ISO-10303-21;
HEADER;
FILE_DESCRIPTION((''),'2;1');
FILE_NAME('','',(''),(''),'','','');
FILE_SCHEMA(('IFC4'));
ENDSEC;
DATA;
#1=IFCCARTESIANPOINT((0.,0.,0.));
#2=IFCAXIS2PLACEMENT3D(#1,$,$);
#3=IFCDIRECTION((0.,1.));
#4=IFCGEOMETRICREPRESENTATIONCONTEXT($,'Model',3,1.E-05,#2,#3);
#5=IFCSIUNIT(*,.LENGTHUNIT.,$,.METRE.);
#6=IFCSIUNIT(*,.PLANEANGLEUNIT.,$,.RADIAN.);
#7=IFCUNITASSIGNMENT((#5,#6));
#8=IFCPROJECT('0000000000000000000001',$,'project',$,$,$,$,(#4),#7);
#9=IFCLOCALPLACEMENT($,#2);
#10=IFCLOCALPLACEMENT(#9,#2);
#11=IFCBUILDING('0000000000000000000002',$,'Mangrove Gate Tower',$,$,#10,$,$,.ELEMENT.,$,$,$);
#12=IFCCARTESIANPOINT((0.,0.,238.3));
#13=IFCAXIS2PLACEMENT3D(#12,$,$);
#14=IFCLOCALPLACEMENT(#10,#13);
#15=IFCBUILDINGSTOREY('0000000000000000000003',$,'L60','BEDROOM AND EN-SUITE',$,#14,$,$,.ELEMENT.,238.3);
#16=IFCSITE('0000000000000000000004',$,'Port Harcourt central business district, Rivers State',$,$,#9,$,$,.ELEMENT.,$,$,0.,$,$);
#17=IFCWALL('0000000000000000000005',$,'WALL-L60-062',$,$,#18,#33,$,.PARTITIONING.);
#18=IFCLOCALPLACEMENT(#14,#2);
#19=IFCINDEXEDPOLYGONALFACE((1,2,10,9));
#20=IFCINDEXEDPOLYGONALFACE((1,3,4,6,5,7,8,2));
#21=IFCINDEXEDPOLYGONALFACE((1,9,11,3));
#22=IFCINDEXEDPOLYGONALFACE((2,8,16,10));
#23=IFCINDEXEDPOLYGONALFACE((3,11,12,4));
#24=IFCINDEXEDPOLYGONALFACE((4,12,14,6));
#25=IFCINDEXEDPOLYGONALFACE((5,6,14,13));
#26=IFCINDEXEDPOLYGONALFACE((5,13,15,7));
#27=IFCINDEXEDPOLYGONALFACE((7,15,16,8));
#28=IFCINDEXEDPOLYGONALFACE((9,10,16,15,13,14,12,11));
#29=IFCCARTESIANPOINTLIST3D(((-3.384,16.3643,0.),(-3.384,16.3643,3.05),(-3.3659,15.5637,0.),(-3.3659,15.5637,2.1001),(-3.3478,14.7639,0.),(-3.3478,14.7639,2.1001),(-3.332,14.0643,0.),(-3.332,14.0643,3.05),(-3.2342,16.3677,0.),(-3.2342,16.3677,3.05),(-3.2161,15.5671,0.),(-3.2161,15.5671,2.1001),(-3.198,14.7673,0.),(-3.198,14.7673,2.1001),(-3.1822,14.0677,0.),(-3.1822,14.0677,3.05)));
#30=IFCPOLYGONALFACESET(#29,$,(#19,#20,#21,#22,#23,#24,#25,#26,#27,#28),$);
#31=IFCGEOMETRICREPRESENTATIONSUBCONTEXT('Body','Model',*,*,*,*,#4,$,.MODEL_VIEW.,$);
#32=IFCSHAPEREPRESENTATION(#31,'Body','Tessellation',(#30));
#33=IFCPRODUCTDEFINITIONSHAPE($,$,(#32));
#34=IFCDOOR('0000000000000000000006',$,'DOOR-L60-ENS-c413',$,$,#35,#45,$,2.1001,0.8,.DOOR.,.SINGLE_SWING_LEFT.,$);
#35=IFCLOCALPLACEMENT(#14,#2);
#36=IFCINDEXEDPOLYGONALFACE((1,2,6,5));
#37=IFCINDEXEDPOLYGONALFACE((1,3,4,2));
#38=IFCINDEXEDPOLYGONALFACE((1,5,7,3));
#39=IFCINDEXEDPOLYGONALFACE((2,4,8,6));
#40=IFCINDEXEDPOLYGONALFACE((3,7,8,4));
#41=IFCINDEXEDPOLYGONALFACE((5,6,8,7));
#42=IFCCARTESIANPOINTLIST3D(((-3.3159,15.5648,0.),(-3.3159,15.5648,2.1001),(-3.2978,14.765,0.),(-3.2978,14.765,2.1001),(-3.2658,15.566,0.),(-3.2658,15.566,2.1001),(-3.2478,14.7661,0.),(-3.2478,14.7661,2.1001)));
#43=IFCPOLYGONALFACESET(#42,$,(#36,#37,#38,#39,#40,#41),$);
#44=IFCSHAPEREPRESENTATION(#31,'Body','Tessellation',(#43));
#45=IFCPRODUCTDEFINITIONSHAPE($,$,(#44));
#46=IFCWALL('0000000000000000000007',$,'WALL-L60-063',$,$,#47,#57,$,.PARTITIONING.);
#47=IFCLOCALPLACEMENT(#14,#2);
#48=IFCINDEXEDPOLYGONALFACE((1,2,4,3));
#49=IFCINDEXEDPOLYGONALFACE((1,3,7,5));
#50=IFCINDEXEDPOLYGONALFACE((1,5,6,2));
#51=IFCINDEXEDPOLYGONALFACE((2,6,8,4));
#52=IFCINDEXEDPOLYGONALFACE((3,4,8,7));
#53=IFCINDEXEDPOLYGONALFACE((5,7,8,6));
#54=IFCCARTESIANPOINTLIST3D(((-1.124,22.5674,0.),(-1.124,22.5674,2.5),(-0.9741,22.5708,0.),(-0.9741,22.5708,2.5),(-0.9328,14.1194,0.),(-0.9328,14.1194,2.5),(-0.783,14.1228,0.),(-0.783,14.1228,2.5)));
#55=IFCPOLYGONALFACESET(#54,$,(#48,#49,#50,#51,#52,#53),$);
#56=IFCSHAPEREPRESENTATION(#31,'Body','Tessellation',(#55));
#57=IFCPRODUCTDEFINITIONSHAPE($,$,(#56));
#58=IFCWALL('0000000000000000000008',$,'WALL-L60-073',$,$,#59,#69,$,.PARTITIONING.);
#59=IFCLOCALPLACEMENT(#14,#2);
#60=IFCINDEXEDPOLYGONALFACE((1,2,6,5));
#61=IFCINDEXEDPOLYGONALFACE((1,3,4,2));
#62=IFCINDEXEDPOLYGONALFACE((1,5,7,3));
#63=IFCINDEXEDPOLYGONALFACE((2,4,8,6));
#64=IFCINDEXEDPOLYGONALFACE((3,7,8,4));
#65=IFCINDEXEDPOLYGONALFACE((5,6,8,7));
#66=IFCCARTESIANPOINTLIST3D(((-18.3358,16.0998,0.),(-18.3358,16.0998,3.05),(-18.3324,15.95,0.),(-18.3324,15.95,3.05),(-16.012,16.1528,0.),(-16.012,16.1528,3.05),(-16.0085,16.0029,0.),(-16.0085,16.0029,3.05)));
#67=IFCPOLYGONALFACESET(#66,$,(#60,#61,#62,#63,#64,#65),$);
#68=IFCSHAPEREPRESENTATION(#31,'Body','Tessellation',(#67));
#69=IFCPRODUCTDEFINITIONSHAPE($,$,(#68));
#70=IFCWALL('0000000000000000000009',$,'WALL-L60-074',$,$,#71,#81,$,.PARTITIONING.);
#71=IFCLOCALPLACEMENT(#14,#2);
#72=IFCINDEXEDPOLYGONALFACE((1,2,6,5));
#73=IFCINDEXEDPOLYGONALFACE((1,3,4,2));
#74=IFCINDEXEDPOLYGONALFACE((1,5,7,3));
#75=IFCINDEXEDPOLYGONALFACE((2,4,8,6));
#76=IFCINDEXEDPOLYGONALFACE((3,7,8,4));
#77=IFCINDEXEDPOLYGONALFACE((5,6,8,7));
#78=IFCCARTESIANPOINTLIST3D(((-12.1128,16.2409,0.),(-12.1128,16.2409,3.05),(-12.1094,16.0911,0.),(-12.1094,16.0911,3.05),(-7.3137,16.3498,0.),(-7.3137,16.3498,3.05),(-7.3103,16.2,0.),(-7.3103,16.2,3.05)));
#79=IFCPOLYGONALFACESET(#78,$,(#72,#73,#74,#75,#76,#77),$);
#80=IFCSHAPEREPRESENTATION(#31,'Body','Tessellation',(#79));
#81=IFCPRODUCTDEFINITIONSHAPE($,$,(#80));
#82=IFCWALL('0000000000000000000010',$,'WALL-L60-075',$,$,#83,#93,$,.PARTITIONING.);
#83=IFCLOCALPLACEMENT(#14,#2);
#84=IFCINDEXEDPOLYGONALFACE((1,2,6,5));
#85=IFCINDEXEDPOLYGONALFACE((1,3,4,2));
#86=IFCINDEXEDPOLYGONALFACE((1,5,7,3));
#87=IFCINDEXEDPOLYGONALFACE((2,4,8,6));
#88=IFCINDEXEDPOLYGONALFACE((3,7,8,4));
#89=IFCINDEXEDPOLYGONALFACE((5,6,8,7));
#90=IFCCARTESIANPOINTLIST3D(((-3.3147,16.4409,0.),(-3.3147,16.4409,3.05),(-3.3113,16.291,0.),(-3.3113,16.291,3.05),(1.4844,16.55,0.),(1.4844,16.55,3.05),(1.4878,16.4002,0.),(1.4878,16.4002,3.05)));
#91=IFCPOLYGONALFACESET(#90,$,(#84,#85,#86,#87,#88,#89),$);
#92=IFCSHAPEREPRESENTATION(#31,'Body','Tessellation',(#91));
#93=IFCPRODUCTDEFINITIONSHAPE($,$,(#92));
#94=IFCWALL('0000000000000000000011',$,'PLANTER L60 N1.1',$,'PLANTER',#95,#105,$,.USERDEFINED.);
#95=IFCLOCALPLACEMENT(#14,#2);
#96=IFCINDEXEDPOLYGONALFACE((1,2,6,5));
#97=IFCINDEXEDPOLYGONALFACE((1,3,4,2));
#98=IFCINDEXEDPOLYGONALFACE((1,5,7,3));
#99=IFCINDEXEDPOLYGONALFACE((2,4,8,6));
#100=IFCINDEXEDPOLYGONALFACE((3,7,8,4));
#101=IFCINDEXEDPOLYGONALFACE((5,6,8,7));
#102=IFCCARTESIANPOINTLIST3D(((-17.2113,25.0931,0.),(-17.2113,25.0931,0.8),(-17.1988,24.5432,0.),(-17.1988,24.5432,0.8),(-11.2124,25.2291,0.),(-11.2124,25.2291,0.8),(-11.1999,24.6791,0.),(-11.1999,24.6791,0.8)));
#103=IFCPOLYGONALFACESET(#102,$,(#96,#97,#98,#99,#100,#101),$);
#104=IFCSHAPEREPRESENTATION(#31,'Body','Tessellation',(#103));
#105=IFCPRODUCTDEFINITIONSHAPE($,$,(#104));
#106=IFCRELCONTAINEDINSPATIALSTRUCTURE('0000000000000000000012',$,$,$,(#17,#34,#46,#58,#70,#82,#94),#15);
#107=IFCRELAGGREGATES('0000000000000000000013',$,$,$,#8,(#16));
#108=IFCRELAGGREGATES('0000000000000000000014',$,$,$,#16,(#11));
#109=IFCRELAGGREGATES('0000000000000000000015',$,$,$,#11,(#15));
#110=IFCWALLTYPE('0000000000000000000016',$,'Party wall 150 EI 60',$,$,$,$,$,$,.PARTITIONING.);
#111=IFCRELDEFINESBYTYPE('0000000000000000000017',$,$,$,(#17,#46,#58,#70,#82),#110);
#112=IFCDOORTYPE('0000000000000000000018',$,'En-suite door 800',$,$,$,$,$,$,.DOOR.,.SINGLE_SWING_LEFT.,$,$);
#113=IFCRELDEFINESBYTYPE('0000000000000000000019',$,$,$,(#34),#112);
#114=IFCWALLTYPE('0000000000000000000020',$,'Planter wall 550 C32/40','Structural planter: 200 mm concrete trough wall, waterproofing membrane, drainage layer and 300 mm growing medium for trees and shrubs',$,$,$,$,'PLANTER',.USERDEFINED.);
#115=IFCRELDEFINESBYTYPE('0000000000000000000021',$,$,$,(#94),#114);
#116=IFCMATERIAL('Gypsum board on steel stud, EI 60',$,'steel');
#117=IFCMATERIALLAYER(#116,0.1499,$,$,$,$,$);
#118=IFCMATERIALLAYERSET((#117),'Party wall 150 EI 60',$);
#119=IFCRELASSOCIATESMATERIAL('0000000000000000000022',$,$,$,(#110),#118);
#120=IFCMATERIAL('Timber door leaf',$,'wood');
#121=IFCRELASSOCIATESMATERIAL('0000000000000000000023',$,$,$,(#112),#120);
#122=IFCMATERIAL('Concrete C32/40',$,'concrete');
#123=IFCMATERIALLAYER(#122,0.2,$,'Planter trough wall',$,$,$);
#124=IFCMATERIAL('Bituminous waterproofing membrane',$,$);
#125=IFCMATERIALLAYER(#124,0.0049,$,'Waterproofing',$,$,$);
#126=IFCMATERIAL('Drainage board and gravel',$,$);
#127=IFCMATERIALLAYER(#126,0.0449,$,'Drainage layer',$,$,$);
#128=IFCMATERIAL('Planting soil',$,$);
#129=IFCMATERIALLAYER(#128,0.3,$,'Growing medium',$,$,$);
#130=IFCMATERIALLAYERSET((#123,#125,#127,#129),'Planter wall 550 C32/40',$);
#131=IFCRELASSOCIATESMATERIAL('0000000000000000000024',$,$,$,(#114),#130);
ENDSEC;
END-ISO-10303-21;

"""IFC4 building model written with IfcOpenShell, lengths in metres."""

from ifc_helpers import new_model, si_unit, direction, frame, frame_2d, origin, place, context, subcontext, project, spatial, rectangle, extrude, material, layer, layer_set, type_object, element, fill, save


model = new_model("IFC4")

# Units and contexts
model_context = context("Model", 3, precision=1e-05, world=origin(), true_north=direction((0.0, 1.0)))
body_context = subcontext(model_context, "Body", "Model", "MODEL_VIEW")
ifc_project = project(units=[si_unit("LENGTHUNIT", "METRE"), si_unit("PLANEANGLEUNIT", "RADIAN")], contexts=[model_context])

# Site, building, storey
site_placement = place(None, origin())
site = spatial("IfcSite", under=ifc_project, at=site_placement, Name="Port Harcourt central business district, Rivers State", CompositionType="ELEMENT", RefElevation=0.0)
building_placement = place(site_placement, origin())
building = spatial("IfcBuilding", under=site, at=building_placement, Name="Mangrove Gate Tower", CompositionType="ELEMENT")
storey_placement = place(building_placement, frame((0.0, 0.0, 238.3)))
storey = spatial("IfcBuildingStorey", under=building, at=storey_placement, Name="L60", Description="BEDROOM AND EN-SUITE", CompositionType="ELEMENT", Elevation=238.3)

# Shared definitions
ifc_material_1 = material(Name="Gypsum board on steel stud, EI 60", Category="steel")
ifc_layer_1 = layer(ifc_material_1, 0.1499)
ifc_layer_set_1 = layer_set([ifc_layer_1], Name="Party wall 150 EI 60")
wall_type_1 = type_object("IfcWallType", Name="Party wall 150 EI 60", PredefinedType="PARTITIONING", material=ifc_layer_set_1)
ifc_material_2 = material(Name="Timber door leaf", Category="wood")
door_type = type_object("IfcDoorType", Name="En-suite door 800", OperationType="SINGLE_SWING_LEFT", PredefinedType="DOOR", material=ifc_material_2)

# Wall, opening, door
wall_1_placement = place(storey_placement, frame((-3.2571, 14.0659, 0.0), z_axis=(0.0, 0.0, 1.0), x_axis=(-0.022603, 0.999745, 0.0)))
wall_1 = element("IfcWall", 1, at=wall_1_placement, inside=storey, type_object=wall_type_1, Name="WALL-L60-062", PredefinedType="PARTITIONING", context=body_context, shape_type="SweptSolid", body=[
    extrude(rectangle(XDim=2.3005, YDim=0.1499, at=frame_2d((1.1504, 0.0))), origin(), (0.0, 0.0, 1.0), 3.05),
])
opening_1_placement = place(wall_1_placement, frame((0.7, 0.0, 0.0)))
opening_1 = element("IfcOpeningElement", 2, at=opening_1_placement, cuts=wall_1, PredefinedType="OPENING", context=body_context, shape_type="SweptSolid", body=[
    extrude(rectangle(XDim=0.8, YDim=2.1001, at=frame_2d((0.3999, 1.05))), frame((0.0, 0.085, 0.0), z_axis=(0.0, -1.0, 0.0), x_axis=(1.0, 0.0, 0.0)), (0.0, 0.0, 1.0), 0.1699),
])
door_1_placement = place(opening_1_placement, origin())
door_1 = element("IfcDoor", 3, at=door_1_placement, inside=storey, type_object=door_type, Name="DOOR-L60-ENS-c413", OperationType="SINGLE_SWING_LEFT", OverallHeight=2.1001, OverallWidth=0.8, PredefinedType="DOOR", context=body_context, shape_type="SweptSolid", body=[
    extrude(rectangle(XDim=0.8, YDim=2.1001, at=frame_2d((0.3999, 1.05))), frame((0.0, 0.0249, 0.0), z_axis=(0.0, -1.0, 0.0), x_axis=(1.0, 0.0, 0.0)), (0.0, 0.0, 1.0), 0.05),
])
fill(opening_1, door_1)

# Walls
wall_2_placement = place(storey_placement, frame((-0.8579, 14.1211, 0.0), z_axis=(0.0, 0.0, 1.0), x_axis=(-0.022622, 0.999744, 0.0)))
element("IfcWall", 4, at=wall_2_placement, inside=storey, type_object=wall_type_1, Name="WALL-L60-063", PredefinedType="PARTITIONING", context=body_context, shape_type="SweptSolid", body=[
    extrude(rectangle(XDim=8.4502, YDim=0.1499, at=frame_2d((4.2251, 0.0))), origin(), (0.0, 0.0, 1.0), 2.5),
])
wall_3_placement = place(storey_placement, frame((-18.334, 16.0249, 0.0), z_axis=(0.0, 0.0, 1.0), x_axis=(0.99974, 0.022791, 0.0)))
element("IfcWall", 5, at=wall_3_placement, inside=storey, type_object=wall_type_1, Name="WALL-L60-073", PredefinedType="PARTITIONING", context=body_context, shape_type="SweptSolid", body=[
    extrude(rectangle(XDim=2.3245, YDim=0.1499, at=frame_2d((1.1621, 0.0))), origin(), (0.0, 0.0, 1.0), 3.05),
])
for number, where, z_axis, x_axis, name in (
    (6, (-12.1111, 16.166, 0.0), (0.0, 0.0, 1.0), (0.999743, 0.022683, 0.0), "WALL-L60-074"),
    (7, (-3.313, 16.366, 0.0), (0.0, 0.0, 1.0), (0.999742, 0.022734, 0.0), "WALL-L60-075"),
):
    element("IfcWall", number, at=place(storey_placement, frame(where, z_axis=z_axis, x_axis=x_axis)), inside=storey, type_object=wall_type_1, Name=name, PredefinedType="PARTITIONING", context=body_context, shape_type="SweptSolid", body=[
        extrude(rectangle(XDim=4.8003, YDim=0.1499, at=frame_2d((2.4001, 0.0))), origin(), (0.0, 0.0, 1.0), 3.05),
    ])
ifc_material_3 = material(Name="Concrete C32/40", Category="concrete")
ifc_layer_2 = layer(ifc_material_3, 0.2, Name="Planter trough wall")
ifc_material_4 = material(Name="Bituminous waterproofing membrane")
ifc_layer_3 = layer(ifc_material_4, 0.0049, Name="Waterproofing")
ifc_material_5 = material(Name="Drainage board and gravel")
ifc_layer_4 = layer(ifc_material_5, 0.0449, Name="Drainage layer")
ifc_material_6 = material(Name="Planting soil")
ifc_layer_5 = layer(ifc_material_6, 0.3, Name="Growing medium")
ifc_layer_set_2 = layer_set([ifc_layer_2, ifc_layer_3, ifc_layer_4, ifc_layer_5], Name="Planter wall 550 C32/40")
wall_type_2 = type_object("IfcWallType", Name="Planter wall 550 C32/40", Description="Structural planter: 200 mm concrete trough wall, waterproofing membrane, drainage layer and 300 mm growing medium for trees and shrubs", ElementType="PLANTER", PredefinedType="USERDEFINED", material=ifc_layer_set_2)
wall_4_placement = place(storey_placement, frame((-17.2051, 24.8181, 0.0), z_axis=(0.0, 0.0, 1.0), x_axis=(0.999743, 0.022662, 0.0)))
element("IfcWall", 8, at=wall_4_placement, inside=storey, type_object=wall_type_2, Name="PLANTER L60 N1.1", ObjectType="PLANTER", PredefinedType="USERDEFINED", context=body_context, shape_type="SweptSolid", body=[
    extrude(rectangle(XDim=6.0005, YDim=0.55, at=frame_2d((3.0002, 0.0))), origin(), (0.0, 0.0, 1.0), 0.8),
])

save(model, "model.ifc")
